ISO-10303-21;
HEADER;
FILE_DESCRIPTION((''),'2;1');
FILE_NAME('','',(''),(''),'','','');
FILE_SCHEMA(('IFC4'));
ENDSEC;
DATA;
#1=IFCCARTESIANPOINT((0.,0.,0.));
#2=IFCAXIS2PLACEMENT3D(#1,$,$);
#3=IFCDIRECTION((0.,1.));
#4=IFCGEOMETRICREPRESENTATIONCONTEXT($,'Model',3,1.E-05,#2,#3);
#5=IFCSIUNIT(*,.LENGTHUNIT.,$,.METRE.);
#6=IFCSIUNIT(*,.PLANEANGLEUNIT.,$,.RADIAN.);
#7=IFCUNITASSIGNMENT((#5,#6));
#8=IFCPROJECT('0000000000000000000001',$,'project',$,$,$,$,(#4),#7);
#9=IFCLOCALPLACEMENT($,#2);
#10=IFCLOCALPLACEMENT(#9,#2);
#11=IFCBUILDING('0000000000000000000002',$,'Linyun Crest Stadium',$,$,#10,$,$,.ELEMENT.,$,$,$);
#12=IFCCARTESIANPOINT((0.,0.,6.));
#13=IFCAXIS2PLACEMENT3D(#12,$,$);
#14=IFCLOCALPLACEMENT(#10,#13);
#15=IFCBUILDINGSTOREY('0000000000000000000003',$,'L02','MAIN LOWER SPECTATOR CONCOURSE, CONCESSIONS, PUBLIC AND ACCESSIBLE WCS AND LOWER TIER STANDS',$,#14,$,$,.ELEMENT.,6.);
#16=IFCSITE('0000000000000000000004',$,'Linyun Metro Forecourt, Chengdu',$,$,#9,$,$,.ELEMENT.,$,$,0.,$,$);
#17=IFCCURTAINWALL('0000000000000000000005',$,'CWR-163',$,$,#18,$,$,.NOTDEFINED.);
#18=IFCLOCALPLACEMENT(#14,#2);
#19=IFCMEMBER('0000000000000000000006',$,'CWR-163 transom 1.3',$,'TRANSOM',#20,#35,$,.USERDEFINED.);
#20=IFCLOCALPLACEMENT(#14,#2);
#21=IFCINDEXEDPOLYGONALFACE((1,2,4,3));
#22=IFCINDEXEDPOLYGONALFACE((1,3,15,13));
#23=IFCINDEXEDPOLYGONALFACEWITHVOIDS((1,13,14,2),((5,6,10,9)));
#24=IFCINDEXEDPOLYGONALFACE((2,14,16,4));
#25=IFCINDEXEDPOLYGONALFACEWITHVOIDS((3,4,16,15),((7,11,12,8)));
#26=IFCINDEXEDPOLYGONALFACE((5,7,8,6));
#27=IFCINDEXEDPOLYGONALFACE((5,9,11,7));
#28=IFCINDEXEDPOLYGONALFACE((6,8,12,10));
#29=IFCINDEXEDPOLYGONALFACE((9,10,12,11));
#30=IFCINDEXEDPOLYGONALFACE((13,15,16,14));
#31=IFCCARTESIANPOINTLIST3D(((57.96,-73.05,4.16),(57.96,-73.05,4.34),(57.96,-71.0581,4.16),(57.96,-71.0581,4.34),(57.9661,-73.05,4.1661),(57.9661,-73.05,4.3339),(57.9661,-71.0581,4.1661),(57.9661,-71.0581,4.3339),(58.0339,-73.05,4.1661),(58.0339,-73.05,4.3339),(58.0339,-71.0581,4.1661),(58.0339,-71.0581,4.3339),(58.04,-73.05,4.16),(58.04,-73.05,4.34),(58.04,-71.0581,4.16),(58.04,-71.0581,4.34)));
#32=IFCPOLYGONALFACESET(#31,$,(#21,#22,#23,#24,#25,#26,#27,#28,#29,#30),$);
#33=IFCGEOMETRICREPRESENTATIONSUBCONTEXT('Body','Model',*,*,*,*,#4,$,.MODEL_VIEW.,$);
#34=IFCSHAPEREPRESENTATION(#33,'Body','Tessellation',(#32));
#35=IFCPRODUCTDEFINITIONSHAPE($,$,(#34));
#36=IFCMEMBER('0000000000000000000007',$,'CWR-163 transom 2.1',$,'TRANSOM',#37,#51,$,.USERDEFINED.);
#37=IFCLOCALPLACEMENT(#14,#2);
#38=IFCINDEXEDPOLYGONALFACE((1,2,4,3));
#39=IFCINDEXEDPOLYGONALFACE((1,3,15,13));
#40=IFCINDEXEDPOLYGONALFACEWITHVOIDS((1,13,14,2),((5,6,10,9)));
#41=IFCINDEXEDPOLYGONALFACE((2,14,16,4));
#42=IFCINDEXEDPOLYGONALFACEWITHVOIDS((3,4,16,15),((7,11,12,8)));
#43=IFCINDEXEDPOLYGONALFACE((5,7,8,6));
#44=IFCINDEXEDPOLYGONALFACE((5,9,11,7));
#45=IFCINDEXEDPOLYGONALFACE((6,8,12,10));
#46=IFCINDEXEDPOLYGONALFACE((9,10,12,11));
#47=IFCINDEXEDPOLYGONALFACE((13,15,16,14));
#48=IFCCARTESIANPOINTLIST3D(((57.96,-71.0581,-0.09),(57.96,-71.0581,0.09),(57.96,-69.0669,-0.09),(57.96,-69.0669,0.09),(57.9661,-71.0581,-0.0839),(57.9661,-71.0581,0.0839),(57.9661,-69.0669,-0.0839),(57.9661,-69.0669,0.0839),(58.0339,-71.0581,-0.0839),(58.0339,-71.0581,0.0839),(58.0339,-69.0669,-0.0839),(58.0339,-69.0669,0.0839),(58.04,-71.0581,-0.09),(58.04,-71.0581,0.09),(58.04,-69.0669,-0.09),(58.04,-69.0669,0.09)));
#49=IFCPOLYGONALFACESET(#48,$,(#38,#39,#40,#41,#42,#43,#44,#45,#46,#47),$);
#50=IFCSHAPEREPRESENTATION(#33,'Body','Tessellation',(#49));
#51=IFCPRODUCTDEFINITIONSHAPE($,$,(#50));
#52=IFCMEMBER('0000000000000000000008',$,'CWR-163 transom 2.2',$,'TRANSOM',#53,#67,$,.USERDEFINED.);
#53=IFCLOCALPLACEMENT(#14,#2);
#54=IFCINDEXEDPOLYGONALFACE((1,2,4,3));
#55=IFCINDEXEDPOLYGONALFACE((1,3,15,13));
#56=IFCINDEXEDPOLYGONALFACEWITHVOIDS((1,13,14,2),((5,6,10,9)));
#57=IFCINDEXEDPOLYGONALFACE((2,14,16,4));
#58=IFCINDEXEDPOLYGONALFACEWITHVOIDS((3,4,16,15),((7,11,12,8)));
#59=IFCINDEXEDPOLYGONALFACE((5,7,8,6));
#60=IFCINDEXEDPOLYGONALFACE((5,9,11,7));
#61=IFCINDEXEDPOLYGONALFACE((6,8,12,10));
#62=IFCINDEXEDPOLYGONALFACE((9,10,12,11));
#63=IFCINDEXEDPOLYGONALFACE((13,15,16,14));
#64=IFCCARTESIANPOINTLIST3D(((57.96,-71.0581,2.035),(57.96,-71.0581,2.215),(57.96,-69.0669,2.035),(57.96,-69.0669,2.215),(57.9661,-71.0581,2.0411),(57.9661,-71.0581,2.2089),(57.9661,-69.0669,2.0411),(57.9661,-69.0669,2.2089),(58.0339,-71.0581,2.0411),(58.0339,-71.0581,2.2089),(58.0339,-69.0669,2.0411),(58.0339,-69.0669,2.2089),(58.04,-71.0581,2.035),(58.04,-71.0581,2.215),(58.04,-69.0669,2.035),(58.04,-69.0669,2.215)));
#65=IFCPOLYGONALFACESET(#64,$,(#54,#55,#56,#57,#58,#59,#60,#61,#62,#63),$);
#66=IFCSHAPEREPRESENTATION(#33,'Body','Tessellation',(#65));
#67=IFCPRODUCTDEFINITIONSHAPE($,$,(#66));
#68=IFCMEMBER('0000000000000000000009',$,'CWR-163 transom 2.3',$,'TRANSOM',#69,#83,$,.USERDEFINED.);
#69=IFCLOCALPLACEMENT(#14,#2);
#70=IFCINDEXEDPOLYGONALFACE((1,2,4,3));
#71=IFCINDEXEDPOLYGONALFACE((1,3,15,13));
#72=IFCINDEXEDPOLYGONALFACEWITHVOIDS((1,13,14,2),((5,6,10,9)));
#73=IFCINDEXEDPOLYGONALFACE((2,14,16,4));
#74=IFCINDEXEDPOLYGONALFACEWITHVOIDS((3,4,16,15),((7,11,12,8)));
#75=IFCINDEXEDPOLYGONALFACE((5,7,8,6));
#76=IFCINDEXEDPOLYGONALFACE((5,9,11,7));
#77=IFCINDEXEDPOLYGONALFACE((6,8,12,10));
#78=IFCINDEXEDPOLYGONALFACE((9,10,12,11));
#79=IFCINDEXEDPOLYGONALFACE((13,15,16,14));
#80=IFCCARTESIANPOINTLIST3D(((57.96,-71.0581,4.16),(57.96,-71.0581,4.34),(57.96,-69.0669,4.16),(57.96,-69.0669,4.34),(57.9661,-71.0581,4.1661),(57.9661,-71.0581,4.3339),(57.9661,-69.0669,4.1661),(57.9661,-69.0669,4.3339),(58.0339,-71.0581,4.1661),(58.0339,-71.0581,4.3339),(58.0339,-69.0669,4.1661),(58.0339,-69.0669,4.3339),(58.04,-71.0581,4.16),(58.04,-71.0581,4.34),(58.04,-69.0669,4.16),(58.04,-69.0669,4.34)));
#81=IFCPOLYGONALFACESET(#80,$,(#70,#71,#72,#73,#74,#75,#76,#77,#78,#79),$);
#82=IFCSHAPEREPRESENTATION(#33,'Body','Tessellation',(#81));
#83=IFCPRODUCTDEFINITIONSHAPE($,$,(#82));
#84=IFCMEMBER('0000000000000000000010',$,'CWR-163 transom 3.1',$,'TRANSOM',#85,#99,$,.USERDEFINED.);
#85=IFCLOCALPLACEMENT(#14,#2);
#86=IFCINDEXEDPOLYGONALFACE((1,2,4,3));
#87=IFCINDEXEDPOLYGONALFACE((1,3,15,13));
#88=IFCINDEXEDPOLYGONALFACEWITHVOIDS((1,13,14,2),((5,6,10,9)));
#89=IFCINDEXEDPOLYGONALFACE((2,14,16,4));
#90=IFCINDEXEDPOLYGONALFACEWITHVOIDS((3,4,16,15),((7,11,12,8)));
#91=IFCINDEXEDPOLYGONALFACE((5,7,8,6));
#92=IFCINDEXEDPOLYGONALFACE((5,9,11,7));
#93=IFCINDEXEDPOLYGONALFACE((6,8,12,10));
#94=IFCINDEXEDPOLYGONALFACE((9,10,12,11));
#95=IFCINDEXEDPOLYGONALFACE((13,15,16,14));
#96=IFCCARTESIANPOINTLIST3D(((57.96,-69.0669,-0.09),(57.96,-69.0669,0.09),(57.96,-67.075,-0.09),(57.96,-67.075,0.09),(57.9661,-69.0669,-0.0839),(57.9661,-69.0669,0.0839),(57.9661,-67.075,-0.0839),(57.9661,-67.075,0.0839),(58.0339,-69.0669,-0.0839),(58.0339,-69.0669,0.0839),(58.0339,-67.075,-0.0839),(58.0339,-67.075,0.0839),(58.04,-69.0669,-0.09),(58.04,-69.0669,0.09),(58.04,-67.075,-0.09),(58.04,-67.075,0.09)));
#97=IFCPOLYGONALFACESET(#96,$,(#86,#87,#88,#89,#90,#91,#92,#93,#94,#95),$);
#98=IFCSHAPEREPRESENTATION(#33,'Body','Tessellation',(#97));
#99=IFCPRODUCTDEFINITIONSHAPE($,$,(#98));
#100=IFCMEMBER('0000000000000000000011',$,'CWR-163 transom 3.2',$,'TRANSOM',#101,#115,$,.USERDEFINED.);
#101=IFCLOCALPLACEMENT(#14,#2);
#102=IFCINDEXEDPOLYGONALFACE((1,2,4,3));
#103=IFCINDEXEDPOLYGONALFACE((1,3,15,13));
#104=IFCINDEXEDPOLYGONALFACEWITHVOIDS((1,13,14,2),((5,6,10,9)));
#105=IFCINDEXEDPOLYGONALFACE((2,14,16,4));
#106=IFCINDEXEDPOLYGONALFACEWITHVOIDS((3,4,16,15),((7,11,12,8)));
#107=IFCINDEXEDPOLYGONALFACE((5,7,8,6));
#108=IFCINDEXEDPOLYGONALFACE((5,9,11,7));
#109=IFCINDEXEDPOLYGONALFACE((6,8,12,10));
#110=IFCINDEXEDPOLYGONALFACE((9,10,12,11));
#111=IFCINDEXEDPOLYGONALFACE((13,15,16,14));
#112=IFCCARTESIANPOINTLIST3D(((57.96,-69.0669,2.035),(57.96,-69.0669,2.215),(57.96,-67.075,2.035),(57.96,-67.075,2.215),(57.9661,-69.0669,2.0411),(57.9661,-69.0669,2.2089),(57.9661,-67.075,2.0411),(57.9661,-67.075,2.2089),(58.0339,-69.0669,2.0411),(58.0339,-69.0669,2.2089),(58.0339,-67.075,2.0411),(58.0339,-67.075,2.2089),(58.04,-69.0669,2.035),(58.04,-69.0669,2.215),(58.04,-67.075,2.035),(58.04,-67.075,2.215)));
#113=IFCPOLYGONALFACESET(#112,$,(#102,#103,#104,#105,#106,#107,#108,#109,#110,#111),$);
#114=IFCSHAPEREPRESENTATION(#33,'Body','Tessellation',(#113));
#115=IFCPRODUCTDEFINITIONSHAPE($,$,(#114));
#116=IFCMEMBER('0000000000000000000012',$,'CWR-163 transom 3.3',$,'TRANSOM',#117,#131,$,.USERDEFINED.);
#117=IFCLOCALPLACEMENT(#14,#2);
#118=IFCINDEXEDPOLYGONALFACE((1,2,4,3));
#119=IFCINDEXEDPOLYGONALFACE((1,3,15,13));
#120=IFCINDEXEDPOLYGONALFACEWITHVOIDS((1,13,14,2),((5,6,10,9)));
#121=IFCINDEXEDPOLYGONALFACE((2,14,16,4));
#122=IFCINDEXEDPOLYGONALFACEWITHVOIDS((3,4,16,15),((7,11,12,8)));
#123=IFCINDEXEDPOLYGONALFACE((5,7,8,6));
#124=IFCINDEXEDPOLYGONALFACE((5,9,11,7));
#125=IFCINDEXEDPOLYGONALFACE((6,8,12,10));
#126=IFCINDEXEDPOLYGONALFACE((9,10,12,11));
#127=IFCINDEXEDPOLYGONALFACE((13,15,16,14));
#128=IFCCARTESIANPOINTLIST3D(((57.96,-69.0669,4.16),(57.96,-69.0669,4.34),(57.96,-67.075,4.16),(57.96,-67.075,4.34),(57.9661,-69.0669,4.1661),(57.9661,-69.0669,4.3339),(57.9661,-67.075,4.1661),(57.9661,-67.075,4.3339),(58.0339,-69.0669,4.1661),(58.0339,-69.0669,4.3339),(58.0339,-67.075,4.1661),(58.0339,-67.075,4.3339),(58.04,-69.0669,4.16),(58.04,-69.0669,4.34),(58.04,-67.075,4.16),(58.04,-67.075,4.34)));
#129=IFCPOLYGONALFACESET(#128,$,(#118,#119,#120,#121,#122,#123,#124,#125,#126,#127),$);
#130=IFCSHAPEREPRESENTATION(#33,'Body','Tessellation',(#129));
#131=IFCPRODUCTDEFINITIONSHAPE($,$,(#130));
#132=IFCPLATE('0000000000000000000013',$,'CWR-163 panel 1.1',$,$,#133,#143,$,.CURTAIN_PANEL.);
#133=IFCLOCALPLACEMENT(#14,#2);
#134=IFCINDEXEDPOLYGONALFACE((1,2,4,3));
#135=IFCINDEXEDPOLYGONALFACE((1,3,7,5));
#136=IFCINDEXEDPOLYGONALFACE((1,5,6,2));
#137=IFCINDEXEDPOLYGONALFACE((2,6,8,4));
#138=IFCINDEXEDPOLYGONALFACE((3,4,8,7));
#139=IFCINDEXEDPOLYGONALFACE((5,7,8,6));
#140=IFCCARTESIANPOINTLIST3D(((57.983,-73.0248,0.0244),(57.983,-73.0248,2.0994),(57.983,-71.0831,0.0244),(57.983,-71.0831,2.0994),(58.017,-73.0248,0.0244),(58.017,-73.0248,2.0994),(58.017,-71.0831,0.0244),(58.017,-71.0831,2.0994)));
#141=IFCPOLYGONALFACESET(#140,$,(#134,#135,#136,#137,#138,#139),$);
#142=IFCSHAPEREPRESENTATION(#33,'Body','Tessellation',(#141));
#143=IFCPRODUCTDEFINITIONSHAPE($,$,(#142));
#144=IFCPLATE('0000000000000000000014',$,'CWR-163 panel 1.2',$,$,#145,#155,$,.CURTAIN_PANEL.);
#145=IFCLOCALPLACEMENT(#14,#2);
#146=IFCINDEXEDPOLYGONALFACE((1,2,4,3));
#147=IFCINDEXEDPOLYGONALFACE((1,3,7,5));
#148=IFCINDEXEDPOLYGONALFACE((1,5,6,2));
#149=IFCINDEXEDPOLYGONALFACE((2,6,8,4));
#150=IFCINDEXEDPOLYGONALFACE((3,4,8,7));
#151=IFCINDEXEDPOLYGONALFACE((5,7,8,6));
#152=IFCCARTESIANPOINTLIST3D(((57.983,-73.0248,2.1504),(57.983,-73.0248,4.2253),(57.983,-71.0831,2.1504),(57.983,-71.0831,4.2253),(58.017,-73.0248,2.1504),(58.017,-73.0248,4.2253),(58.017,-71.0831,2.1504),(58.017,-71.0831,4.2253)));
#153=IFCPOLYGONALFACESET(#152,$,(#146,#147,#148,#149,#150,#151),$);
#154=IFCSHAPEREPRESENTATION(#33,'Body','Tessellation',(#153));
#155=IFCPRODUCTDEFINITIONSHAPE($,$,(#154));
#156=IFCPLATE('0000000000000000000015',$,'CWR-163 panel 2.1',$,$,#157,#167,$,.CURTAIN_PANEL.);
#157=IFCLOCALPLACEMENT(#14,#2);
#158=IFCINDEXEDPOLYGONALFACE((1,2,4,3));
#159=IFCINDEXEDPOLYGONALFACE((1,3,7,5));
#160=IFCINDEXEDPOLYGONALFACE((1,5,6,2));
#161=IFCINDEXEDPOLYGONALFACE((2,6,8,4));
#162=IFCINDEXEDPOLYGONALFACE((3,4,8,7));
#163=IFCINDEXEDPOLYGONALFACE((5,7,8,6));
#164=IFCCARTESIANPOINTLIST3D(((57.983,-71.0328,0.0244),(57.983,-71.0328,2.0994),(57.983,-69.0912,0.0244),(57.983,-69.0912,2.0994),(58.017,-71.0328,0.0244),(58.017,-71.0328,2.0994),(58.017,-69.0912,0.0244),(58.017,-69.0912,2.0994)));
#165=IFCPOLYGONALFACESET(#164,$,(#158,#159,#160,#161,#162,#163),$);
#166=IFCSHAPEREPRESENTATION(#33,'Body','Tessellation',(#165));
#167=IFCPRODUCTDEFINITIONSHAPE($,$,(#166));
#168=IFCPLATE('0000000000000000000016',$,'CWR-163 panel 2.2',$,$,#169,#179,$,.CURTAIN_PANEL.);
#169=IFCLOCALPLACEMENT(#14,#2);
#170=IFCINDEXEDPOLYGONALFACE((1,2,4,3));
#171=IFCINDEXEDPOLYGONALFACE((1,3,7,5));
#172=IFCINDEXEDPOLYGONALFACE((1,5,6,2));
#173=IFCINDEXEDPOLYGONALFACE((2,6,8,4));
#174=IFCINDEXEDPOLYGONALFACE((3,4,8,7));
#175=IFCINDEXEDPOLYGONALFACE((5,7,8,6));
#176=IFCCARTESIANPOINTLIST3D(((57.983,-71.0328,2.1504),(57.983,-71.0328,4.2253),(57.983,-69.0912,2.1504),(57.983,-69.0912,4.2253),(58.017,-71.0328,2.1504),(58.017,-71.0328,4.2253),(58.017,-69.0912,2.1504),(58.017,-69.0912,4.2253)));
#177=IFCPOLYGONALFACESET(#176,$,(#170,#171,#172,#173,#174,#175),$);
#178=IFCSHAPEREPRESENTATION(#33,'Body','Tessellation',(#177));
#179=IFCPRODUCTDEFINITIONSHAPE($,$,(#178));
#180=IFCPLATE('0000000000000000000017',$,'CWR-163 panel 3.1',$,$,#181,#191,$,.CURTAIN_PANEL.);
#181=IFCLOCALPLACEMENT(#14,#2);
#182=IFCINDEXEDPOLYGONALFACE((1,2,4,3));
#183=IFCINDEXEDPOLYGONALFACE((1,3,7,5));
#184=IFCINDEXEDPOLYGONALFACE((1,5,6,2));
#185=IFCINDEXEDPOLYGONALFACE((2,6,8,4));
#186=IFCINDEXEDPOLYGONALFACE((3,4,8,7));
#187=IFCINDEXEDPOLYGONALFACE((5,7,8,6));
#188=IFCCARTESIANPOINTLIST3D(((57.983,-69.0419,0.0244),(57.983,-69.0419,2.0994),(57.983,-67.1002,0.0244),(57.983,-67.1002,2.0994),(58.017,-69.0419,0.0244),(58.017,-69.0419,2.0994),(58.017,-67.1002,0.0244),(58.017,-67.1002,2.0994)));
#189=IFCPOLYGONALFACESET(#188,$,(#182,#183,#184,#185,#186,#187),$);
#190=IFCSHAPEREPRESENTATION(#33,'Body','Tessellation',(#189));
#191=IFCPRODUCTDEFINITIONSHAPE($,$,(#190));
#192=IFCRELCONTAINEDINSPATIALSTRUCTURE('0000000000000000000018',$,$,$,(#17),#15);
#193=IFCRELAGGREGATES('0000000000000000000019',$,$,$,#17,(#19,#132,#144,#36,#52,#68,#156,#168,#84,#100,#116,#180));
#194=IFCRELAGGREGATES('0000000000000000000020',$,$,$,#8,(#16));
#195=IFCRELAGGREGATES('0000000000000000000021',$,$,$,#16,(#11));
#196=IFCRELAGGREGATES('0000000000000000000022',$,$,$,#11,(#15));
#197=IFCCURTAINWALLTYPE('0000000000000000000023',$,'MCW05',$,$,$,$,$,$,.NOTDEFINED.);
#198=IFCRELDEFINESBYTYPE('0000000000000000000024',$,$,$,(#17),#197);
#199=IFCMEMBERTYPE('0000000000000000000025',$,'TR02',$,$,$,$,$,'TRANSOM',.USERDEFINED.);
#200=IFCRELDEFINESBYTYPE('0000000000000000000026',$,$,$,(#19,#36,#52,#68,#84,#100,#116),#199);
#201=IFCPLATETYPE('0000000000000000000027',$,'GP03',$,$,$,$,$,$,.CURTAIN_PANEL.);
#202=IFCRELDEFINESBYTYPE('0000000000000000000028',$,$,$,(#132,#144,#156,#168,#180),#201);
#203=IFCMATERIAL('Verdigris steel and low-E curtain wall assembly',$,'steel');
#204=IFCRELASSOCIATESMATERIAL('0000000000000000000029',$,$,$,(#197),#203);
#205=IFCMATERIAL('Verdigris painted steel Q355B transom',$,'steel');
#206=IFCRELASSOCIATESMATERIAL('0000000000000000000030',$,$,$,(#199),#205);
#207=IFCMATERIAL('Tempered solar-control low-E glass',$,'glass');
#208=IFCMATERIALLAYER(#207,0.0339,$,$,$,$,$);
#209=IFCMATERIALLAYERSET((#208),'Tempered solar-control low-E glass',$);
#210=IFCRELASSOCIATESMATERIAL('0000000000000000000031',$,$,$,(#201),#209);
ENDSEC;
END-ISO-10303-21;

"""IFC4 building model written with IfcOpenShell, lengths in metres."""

from ifc_helpers import new_model, si_unit, direction, frame, origin, origin_2d, place, context, subcontext, project, spatial, rectangle, hollow_rectangle, extrude, material, layer, layer_set, material_profile, profile_set, type_object, element, aggregate, save


model = new_model("IFC4")

# Units and contexts
model_context = context("Model", 3, precision=1e-05, world=origin(), true_north=direction((0.0, 1.0)))
body_context = subcontext(model_context, "Body", "Model", "MODEL_VIEW")
ifc_project = project(units=[si_unit("LENGTHUNIT", "METRE"), si_unit("PLANEANGLEUNIT", "RADIAN")], contexts=[model_context])

# Site, building, storey
site_placement = place(None, origin())
site = spatial("IfcSite", under=ifc_project, at=site_placement, Name="Linyun Metro Forecourt, Chengdu", CompositionType="ELEMENT", RefElevation=0.0)
building_placement = place(site_placement, origin())
building = spatial("IfcBuilding", under=site, at=building_placement, Name="Linyun Crest Stadium", CompositionType="ELEMENT")
storey_placement = place(building_placement, frame((0.0, 0.0, 6.0)))
storey = spatial("IfcBuildingStorey", under=building, at=storey_placement, Name="L02", Description="MAIN LOWER SPECTATOR CONCOURSE, CONCESSIONS, PUBLIC AND ACCESSIBLE WCS AND LOWER TIER STANDS", CompositionType="ELEMENT", Elevation=6.0)

# Curtain wall
ifc_material_1 = material(Name="Verdigris steel and low-E curtain wall assembly", Category="steel")
curtain_wall_type = type_object("IfcCurtainWallType", Name="MCW05", PredefinedType="NOTDEFINED", material=ifc_material_1)
curtain_wall_placement = place(storey_placement, origin())
curtain_wall = element("IfcCurtainWall", 1, at=curtain_wall_placement, inside=storey, type_object=curtain_wall_type, Name="CWR-163", PredefinedType="NOTDEFINED")

# Members
ifc_material_2 = material(Name="Verdigris painted steel Q355B transom", Category="steel")
ifc_material_profile_1 = material_profile(ifc_material_2, hollow_rectangle(XDim=0.0801, YDim=0.1799, WallThickness=0.0061, at=origin_2d()), Name="RHS 180x80x6")
ifc_profile_set_1 = profile_set([ifc_material_profile_1], Name="Verdigris painted steel Q355B transom")
member_type_1 = type_object("IfcMemberType", Name="TR02", ElementType="TRANSOM", PredefinedType="USERDEFINED", material=ifc_profile_set_1)
member_1_placement = place(storey_placement, frame((58.0, -73.05, 4.25), z_axis=(0.0, 1.0, 0.0), x_axis=(-1.0, 0.0, 0.0)))
member_1 = element("IfcMember", 2, at=member_1_placement, type_object=member_type_1, Name="CWR-163 transom 1.3", ObjectType="TRANSOM", PredefinedType="USERDEFINED", context=body_context, shape_type="SweptSolid", body=[
    extrude(hollow_rectangle(XDim=0.0801, YDim=0.1799, WallThickness=0.0061, at=origin_2d()), origin(), (0.0, 0.0, 1.0), 1.9919),
])
member_2_placement = place(storey_placement, frame((58.0, -71.0581, 0.0), z_axis=(0.0, 1.0, 0.0), x_axis=(-1.0, 0.0, 0.0)))
member_2 = element("IfcMember", 3, at=member_2_placement, type_object=member_type_1, Name="CWR-163 transom 2.1", ObjectType="TRANSOM", PredefinedType="USERDEFINED", context=body_context, shape_type="SweptSolid", body=[
    extrude(hollow_rectangle(XDim=0.0801, YDim=0.1799, WallThickness=0.0061, at=origin_2d()), origin(), (0.0, 0.0, 1.0), 1.9912),
])
member_3_placement = place(storey_placement, frame((58.0, -71.0581, 2.125), z_axis=(0.0, 1.0, 0.0), x_axis=(-1.0, 0.0, 0.0)))
member_3 = element("IfcMember", 4, at=member_3_placement, type_object=member_type_1, Name="CWR-163 transom 2.2", ObjectType="TRANSOM", PredefinedType="USERDEFINED", context=body_context, shape_type="SweptSolid", body=[
    extrude(hollow_rectangle(XDim=0.0801, YDim=0.1799, WallThickness=0.0061, at=origin_2d()), origin(), (0.0, 0.0, 1.0), 1.9912),
])
member_4_placement = place(storey_placement, frame((58.0, -71.0581, 4.25), z_axis=(0.0, 1.0, 0.0), x_axis=(-1.0, 0.0, 0.0)))
member_4 = element("IfcMember", 5, at=member_4_placement, type_object=member_type_1, Name="CWR-163 transom 2.3", ObjectType="TRANSOM", PredefinedType="USERDEFINED", context=body_context, shape_type="SweptSolid", body=[
    extrude(hollow_rectangle(XDim=0.0801, YDim=0.1799, WallThickness=0.0061, at=origin_2d()), origin(), (0.0, 0.0, 1.0), 1.9912),
])
member_5_placement = place(storey_placement, frame((58.0, -69.0669, 0.0), z_axis=(0.0, 1.0, 0.0), x_axis=(-1.0, 0.0, 0.0)))
member_5 = element("IfcMember", 6, at=member_5_placement, type_object=member_type_1, Name="CWR-163 transom 3.1", ObjectType="TRANSOM", PredefinedType="USERDEFINED", context=body_context, shape_type="SweptSolid", body=[
    extrude(hollow_rectangle(XDim=0.0801, YDim=0.1799, WallThickness=0.0061, at=origin_2d()), origin(), (0.0, 0.0, 1.0), 1.9919),
])
member_6_placement = place(storey_placement, frame((58.0, -69.0669, 2.125), z_axis=(0.0, 1.0, 0.0), x_axis=(-1.0, 0.0, 0.0)))
member_6 = element("IfcMember", 7, at=member_6_placement, type_object=member_type_1, Name="CWR-163 transom 3.2", ObjectType="TRANSOM", PredefinedType="USERDEFINED", context=body_context, shape_type="SweptSolid", body=[
    extrude(hollow_rectangle(XDim=0.0801, YDim=0.1799, WallThickness=0.0061, at=origin_2d()), origin(), (0.0, 0.0, 1.0), 1.9919),
])
member_7_placement = place(storey_placement, frame((58.0, -69.0669, 4.25), z_axis=(0.0, 1.0, 0.0), x_axis=(-1.0, 0.0, 0.0)))
member_7 = element("IfcMember", 8, at=member_7_placement, type_object=member_type_1, Name="CWR-163 transom 3.3", ObjectType="TRANSOM", PredefinedType="USERDEFINED", context=body_context, shape_type="SweptSolid", body=[
    extrude(hollow_rectangle(XDim=0.0801, YDim=0.1799, WallThickness=0.0061, at=origin_2d()), origin(), (0.0, 0.0, 1.0), 1.9919),
])

# Plates
ifc_material_3 = material(Name="Tempered solar-control low-E glass", Category="glass")
ifc_layer_1 = layer(ifc_material_3, 0.0339)
ifc_layer_set_1 = layer_set([ifc_layer_1], Name="Tempered solar-control low-E glass")
plate_type = type_object("IfcPlateType", Name="GP03", PredefinedType="CURTAIN_PANEL", material=ifc_layer_set_1)
plate_1_placement = place(storey_placement, frame((58.0, -72.054, 0.0244), z_axis=(0.0, 0.0, 1.0), x_axis=(0.0, 1.0, 0.0)))
plate_1 = element("IfcPlate", 9, at=plate_1_placement, type_object=plate_type, Name="CWR-163 panel 1.1", PredefinedType="CURTAIN_PANEL", context=body_context, shape_type="SweptSolid", body=[
    extrude(rectangle(XDim=1.9417, YDim=0.0339, at=origin_2d()), origin(), (0.0, 0.0, 1.0), 2.075),
])
plate_2_placement = place(storey_placement, frame((58.0, -72.054, 2.1504), z_axis=(0.0, 0.0, 1.0), x_axis=(0.0, 1.0, 0.0)))
plate_2 = element("IfcPlate", 10, at=plate_2_placement, type_object=plate_type, Name="CWR-163 panel 1.2", PredefinedType="CURTAIN_PANEL", context=body_context, shape_type="SweptSolid", body=[
    extrude(rectangle(XDim=1.9417, YDim=0.0339, at=origin_2d()), origin(), (0.0, 0.0, 1.0), 2.075),
])
plate_3_placement = place(storey_placement, frame((58.0, -70.062, 0.0244), z_axis=(0.0, 0.0, 1.0), x_axis=(0.0, 1.0, 0.0)))
plate_3 = element("IfcPlate", 11, at=plate_3_placement, type_object=plate_type, Name="CWR-163 panel 2.1", PredefinedType="CURTAIN_PANEL", context=body_context, shape_type="SweptSolid", body=[
    extrude(rectangle(XDim=1.9417, YDim=0.0339, at=origin_2d()), origin(), (0.0, 0.0, 1.0), 2.075),
])
plate_4_placement = place(storey_placement, frame((58.0, -70.062, 2.1504), z_axis=(0.0, 0.0, 1.0), x_axis=(0.0, 1.0, 0.0)))
plate_4 = element("IfcPlate", 12, at=plate_4_placement, type_object=plate_type, Name="CWR-163 panel 2.2", PredefinedType="CURTAIN_PANEL", context=body_context, shape_type="SweptSolid", body=[
    extrude(rectangle(XDim=1.9417, YDim=0.0339, at=origin_2d()), origin(), (0.0, 0.0, 1.0), 2.075),
])
plate_5_placement = place(storey_placement, frame((58.0, -68.071, 0.0244), z_axis=(0.0, 0.0, 1.0), x_axis=(0.0, 1.0, 0.0)))
plate_5 = element("IfcPlate", 13, at=plate_5_placement, type_object=plate_type, Name="CWR-163 panel 3.1", PredefinedType="CURTAIN_PANEL", context=body_context, shape_type="SweptSolid", body=[
    extrude(rectangle(XDim=1.9417, YDim=0.0339, at=origin_2d()), origin(), (0.0, 0.0, 1.0), 2.075),
])
aggregate(curtain_wall, [member_1, plate_1, plate_2, member_2, member_3, member_4, plate_3, plate_4, member_5, member_6, member_7, plate_5])

save(model, "model.ifc")
